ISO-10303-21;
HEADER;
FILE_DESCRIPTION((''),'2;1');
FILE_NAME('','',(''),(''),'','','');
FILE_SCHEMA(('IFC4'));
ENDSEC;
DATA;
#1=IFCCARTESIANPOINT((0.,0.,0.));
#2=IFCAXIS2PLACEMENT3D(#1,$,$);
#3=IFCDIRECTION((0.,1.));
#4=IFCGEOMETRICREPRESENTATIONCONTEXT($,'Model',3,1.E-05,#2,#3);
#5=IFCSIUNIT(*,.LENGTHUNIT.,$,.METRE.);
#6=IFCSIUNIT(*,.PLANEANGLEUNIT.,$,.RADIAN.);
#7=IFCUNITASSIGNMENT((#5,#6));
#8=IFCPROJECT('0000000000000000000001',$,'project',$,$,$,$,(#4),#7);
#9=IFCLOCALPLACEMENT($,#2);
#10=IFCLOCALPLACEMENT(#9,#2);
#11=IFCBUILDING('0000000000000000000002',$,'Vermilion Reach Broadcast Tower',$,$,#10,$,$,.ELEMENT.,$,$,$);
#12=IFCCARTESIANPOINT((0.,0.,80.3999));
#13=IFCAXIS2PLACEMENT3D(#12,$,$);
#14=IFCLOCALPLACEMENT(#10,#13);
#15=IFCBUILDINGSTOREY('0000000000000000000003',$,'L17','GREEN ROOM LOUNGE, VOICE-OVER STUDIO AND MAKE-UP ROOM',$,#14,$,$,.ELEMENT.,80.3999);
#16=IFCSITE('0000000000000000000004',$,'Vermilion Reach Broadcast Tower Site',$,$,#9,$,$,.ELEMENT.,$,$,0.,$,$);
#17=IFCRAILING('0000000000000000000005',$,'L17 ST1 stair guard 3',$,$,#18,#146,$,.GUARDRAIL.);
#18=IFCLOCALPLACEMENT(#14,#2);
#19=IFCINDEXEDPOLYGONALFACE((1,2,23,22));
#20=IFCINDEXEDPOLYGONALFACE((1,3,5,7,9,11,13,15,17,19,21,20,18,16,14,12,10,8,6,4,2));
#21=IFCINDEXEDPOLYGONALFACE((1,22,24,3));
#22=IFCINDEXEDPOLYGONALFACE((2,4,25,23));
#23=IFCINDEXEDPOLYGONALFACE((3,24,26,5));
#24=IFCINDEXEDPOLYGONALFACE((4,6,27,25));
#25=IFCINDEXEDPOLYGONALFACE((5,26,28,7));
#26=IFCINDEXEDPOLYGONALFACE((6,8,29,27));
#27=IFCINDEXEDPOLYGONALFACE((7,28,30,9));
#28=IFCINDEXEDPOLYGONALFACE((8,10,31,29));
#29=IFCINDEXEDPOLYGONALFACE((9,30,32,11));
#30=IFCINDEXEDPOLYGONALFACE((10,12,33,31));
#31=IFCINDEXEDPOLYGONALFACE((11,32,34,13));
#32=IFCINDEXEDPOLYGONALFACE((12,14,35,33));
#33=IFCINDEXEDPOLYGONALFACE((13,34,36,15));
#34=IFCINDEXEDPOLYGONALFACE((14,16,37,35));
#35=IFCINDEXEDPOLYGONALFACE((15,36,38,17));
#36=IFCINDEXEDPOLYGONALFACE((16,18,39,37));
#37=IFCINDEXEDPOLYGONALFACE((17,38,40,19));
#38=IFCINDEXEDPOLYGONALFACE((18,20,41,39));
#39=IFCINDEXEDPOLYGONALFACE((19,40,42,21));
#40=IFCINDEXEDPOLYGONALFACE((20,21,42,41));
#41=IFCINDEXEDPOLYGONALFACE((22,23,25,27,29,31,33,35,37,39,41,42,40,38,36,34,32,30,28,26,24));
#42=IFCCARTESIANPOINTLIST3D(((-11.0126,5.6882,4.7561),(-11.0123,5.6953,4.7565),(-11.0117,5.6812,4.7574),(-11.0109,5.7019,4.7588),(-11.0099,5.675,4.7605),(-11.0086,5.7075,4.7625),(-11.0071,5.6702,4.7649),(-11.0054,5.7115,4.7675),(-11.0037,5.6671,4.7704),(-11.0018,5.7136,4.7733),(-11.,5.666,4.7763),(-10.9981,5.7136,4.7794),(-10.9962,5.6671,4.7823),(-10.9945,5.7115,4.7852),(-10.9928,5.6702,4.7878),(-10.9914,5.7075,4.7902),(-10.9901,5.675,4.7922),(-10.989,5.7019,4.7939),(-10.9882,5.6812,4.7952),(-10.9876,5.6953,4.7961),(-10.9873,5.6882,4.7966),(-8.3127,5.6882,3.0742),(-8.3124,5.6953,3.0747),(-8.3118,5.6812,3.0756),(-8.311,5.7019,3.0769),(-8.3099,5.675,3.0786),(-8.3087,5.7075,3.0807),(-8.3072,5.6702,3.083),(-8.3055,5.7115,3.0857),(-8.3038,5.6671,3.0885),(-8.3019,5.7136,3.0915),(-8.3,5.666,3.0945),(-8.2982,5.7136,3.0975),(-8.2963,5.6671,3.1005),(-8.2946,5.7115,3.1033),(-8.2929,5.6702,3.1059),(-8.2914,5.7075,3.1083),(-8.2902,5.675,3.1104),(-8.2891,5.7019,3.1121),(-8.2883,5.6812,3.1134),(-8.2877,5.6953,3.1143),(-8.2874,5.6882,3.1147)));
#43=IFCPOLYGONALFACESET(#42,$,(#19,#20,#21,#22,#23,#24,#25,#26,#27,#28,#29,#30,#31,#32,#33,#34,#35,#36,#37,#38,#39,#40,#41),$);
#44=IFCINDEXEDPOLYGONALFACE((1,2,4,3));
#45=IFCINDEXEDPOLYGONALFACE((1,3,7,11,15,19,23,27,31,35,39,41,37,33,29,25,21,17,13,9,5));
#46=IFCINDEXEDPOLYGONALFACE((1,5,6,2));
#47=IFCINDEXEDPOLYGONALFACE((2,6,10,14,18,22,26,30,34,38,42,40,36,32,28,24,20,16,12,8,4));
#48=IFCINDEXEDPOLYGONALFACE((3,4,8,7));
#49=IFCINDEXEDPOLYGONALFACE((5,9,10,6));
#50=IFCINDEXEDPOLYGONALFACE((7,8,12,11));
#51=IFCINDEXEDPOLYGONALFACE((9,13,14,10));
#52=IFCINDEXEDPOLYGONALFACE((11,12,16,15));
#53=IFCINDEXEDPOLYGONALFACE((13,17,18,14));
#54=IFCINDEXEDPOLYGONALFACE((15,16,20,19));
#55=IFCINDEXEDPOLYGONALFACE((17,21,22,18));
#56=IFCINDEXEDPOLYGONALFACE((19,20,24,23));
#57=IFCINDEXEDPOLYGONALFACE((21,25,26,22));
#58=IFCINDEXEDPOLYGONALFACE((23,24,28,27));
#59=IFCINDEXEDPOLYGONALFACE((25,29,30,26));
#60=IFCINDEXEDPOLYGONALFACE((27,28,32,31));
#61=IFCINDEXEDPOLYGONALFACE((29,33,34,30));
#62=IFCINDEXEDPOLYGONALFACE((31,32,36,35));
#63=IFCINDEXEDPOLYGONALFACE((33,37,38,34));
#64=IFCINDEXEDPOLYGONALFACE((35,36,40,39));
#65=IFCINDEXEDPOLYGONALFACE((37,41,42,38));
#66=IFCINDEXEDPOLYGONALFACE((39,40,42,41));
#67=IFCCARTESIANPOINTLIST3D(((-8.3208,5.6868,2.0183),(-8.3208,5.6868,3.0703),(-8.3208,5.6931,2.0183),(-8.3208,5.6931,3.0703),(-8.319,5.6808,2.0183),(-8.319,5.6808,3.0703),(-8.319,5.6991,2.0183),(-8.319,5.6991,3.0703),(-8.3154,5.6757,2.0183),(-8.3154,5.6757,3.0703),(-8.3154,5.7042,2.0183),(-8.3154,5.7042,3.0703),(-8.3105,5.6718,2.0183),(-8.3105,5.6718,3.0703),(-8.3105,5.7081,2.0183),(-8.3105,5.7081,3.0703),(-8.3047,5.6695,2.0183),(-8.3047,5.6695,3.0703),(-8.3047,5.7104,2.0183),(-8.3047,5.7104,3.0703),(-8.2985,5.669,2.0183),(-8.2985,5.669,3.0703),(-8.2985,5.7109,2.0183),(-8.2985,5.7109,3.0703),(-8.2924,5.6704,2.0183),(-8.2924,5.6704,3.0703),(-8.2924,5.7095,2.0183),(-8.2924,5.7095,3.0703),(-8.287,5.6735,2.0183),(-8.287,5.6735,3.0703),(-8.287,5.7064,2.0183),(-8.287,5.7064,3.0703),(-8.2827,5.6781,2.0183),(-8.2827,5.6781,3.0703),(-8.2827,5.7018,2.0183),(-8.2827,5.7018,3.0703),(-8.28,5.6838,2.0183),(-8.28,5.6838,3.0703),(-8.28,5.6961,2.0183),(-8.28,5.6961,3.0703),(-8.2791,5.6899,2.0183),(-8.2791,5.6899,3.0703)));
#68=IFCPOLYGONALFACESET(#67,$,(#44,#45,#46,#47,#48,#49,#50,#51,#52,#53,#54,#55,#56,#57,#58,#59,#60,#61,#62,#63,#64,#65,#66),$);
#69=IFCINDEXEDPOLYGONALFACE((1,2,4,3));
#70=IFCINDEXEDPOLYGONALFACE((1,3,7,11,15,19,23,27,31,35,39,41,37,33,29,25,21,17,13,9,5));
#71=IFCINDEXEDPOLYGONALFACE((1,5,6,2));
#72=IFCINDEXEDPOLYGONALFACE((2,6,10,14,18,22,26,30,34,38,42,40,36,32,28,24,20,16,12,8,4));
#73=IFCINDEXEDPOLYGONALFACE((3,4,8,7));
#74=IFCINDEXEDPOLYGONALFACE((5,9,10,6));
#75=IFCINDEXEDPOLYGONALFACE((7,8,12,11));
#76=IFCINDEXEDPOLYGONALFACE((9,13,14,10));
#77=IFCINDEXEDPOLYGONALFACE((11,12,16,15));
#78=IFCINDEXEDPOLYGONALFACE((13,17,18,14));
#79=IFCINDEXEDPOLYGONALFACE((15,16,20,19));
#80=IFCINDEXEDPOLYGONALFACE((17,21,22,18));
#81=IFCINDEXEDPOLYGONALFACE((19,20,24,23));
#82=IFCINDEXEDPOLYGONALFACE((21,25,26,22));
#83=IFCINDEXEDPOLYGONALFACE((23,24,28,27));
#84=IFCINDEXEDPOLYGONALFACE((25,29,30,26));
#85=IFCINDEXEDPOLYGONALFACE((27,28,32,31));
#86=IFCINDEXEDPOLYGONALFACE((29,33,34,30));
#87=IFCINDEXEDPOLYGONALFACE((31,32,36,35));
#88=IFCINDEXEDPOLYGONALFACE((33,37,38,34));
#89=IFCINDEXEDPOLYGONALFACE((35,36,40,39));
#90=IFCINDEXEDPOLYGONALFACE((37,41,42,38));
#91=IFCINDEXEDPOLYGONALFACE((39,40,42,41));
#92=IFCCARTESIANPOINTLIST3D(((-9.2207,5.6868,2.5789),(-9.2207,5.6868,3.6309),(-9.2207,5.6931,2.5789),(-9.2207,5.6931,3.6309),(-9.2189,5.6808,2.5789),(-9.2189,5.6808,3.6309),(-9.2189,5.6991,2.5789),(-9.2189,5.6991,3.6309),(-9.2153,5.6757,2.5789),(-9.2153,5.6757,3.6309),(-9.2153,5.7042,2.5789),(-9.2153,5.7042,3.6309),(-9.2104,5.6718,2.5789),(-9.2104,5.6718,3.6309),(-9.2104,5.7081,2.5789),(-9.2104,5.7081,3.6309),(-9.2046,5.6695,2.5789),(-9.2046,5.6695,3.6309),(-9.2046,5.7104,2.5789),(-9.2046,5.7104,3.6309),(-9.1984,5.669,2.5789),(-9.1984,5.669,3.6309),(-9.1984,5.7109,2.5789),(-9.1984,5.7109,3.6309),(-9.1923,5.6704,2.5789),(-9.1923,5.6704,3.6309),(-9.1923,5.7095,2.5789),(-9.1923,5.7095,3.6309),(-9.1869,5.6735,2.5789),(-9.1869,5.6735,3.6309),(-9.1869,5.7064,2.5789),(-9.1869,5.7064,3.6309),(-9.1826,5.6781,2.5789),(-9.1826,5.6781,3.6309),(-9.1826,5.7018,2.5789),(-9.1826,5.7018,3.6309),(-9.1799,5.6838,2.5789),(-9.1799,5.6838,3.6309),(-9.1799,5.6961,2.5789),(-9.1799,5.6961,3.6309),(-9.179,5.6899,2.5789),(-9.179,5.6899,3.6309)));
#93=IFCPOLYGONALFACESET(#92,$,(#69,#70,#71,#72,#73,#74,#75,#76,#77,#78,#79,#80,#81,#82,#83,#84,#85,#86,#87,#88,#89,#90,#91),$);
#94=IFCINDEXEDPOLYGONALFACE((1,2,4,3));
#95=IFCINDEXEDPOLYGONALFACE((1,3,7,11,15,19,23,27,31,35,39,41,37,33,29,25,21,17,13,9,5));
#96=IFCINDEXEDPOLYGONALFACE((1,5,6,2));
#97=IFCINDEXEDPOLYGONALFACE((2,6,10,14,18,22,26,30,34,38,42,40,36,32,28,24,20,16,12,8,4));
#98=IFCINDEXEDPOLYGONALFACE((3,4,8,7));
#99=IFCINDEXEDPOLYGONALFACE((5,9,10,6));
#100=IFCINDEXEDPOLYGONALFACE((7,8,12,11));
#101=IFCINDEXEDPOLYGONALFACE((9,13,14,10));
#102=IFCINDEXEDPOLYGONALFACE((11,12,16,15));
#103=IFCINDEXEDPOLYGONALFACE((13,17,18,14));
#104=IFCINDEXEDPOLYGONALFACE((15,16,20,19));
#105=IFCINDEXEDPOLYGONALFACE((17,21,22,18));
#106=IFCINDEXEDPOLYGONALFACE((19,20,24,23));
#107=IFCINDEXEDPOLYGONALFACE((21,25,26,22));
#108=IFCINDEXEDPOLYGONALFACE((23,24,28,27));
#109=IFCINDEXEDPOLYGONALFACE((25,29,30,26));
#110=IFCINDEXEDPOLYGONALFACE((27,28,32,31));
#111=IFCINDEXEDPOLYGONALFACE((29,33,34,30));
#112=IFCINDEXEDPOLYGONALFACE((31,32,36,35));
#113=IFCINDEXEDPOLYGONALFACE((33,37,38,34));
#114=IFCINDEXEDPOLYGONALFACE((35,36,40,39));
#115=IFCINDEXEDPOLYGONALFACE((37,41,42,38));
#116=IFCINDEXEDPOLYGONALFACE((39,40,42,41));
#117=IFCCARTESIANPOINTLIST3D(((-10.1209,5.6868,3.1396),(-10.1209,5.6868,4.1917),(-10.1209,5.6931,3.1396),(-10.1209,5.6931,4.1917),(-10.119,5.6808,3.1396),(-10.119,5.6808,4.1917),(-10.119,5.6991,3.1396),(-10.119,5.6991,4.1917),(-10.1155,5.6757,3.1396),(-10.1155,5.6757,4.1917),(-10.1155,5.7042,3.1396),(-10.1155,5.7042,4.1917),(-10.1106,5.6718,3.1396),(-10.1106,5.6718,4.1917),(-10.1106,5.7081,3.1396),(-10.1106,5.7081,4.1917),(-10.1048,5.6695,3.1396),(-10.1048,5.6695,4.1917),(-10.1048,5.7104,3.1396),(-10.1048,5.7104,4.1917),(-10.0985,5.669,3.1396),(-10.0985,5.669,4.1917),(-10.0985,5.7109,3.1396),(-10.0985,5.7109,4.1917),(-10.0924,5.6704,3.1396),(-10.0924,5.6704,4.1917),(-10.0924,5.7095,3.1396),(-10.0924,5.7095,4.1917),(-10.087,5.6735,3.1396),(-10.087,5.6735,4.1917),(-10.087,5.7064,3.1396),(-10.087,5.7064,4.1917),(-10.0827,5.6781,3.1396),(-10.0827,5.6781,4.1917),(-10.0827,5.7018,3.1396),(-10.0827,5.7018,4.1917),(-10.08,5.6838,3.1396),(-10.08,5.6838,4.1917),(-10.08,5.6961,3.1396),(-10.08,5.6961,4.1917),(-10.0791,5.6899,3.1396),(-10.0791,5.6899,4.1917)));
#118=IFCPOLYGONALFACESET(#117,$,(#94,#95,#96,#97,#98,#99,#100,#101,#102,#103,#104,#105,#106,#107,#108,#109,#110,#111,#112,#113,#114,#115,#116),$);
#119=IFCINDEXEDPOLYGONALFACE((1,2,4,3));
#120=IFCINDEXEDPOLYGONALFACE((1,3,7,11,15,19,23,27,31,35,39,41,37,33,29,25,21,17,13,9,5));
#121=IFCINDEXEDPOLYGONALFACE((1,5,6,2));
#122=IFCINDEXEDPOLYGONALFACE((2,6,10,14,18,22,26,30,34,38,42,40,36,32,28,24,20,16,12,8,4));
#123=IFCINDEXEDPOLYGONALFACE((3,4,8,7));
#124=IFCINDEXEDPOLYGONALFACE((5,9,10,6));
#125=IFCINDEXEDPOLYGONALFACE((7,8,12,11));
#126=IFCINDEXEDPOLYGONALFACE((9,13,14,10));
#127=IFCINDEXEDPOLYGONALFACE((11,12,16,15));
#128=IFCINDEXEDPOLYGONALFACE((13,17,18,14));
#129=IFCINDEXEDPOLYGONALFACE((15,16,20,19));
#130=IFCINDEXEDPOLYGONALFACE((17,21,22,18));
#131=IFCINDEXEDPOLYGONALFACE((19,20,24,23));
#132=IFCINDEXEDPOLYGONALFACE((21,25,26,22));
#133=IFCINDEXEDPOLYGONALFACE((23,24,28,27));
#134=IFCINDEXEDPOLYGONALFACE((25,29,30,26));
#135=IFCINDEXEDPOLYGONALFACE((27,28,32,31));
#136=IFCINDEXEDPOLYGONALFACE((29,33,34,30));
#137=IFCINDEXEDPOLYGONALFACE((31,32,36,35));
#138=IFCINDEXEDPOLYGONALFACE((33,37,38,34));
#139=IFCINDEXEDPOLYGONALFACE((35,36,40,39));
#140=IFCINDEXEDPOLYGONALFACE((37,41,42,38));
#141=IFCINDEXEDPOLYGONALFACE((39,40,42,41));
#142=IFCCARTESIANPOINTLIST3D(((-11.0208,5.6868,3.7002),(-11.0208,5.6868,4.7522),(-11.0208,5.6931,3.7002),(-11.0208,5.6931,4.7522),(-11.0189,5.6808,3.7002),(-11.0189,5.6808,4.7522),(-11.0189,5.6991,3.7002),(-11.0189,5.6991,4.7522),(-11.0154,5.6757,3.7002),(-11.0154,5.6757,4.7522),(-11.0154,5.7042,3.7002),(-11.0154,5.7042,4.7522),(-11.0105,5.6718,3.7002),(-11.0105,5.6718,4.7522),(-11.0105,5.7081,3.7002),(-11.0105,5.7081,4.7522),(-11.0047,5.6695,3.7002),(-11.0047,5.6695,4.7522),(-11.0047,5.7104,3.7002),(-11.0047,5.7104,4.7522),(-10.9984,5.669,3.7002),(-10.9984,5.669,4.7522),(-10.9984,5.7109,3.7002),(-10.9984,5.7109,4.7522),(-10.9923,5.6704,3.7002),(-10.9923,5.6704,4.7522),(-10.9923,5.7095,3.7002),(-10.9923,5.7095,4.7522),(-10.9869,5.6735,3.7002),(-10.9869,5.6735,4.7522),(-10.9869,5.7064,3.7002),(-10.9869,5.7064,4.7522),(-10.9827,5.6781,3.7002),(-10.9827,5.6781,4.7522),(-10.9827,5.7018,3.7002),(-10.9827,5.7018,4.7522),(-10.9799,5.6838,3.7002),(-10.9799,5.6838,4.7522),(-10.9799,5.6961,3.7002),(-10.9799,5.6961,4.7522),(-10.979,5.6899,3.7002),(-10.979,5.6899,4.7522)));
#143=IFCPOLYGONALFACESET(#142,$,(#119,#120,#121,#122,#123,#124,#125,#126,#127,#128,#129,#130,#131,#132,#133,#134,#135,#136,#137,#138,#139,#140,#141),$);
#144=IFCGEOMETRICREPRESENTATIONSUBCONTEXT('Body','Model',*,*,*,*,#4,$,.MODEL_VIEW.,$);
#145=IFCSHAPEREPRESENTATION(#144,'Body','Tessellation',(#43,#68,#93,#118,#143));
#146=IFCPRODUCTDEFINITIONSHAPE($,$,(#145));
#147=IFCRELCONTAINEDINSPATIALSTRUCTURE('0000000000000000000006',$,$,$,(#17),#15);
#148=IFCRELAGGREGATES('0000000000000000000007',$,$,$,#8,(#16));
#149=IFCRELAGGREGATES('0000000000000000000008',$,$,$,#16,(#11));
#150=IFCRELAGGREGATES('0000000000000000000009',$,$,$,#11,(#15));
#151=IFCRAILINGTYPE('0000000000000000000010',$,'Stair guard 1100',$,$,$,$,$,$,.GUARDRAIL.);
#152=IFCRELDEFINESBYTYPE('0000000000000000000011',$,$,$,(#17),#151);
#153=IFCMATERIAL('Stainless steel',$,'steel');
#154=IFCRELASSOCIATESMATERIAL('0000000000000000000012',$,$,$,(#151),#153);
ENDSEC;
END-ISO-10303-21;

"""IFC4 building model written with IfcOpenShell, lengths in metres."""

from ifc_helpers import new_model, si_unit, direction, frame, origin, origin_2d, place, context, subcontext, project, spatial, circle, extrude, material, type_object, element, save


model = new_model("IFC4")

# Units and contexts
model_context = context("Model", 3, precision=1e-05, world=origin(), true_north=direction((0.0, 1.0)))
body_context = subcontext(model_context, "Body", "Model", "MODEL_VIEW")
ifc_project = project(units=[si_unit("LENGTHUNIT", "METRE"), si_unit("PLANEANGLEUNIT", "RADIAN")], contexts=[model_context])

# Site, building, storey
site_placement = place(None, origin())
site = spatial("IfcSite", under=ifc_project, at=site_placement, Name="Vermilion Reach Broadcast Tower Site", CompositionType="ELEMENT", RefElevation=0.0)
building_placement = place(site_placement, origin())
building = spatial("IfcBuilding", under=site, at=building_placement, Name="Vermilion Reach Broadcast Tower", CompositionType="ELEMENT")
storey_placement = place(building_placement, frame((0.0, 0.0, 80.3999)))
storey = spatial("IfcBuildingStorey", under=building, at=storey_placement, Name="L17", Description="GREEN ROOM LOUNGE, VOICE-OVER STUDIO AND MAKE-UP ROOM", CompositionType="ELEMENT", Elevation=80.3999)

# Railing
ifc_material_1 = material(Name="Stainless steel", Category="steel")
railing_type_1 = type_object("IfcRailingType", Name="Stair guard 1100", PredefinedType="GUARDRAIL", material=ifc_material_1)
railing_1_placement = place(storey_placement, frame((-8.3, 5.6899, 2.0183)))
element("IfcRailing", 1, at=railing_1_placement, inside=storey, type_object=railing_type_1, Name="L17 ST1 stair guard 3", PredefinedType="GUARDRAIL", context=body_context, shape_type="SweptSolid", body=[
    extrude(circle(Radius=0.0239, at=origin_2d()), frame((0.0, 0.0, 1.0762), z_axis=(-0.848786, 0.0, 0.528736), x_axis=(0.0, -1.0, 0.0)), (0.0, 0.0, 1.0), 3.1809),
    extrude(circle(Radius=0.021, at=origin_2d()), origin(), (0.0, 0.0, 1.0), 1.052),
    extrude(circle(Radius=0.021, at=origin_2d()), frame((-0.8999, 0.0, 0.5605)), (0.0, 0.0, 1.0), 1.052),
    extrude(circle(Radius=0.021, at=origin_2d()), frame((-1.8, 0.0, 1.1213)), (0.0, 0.0, 1.0), 1.052),
    extrude(circle(Radius=0.021, at=origin_2d()), frame((-2.7, 0.0, 1.6819)), (0.0, 0.0, 1.0), 1.052),
])

save(model, "model.ifc")
